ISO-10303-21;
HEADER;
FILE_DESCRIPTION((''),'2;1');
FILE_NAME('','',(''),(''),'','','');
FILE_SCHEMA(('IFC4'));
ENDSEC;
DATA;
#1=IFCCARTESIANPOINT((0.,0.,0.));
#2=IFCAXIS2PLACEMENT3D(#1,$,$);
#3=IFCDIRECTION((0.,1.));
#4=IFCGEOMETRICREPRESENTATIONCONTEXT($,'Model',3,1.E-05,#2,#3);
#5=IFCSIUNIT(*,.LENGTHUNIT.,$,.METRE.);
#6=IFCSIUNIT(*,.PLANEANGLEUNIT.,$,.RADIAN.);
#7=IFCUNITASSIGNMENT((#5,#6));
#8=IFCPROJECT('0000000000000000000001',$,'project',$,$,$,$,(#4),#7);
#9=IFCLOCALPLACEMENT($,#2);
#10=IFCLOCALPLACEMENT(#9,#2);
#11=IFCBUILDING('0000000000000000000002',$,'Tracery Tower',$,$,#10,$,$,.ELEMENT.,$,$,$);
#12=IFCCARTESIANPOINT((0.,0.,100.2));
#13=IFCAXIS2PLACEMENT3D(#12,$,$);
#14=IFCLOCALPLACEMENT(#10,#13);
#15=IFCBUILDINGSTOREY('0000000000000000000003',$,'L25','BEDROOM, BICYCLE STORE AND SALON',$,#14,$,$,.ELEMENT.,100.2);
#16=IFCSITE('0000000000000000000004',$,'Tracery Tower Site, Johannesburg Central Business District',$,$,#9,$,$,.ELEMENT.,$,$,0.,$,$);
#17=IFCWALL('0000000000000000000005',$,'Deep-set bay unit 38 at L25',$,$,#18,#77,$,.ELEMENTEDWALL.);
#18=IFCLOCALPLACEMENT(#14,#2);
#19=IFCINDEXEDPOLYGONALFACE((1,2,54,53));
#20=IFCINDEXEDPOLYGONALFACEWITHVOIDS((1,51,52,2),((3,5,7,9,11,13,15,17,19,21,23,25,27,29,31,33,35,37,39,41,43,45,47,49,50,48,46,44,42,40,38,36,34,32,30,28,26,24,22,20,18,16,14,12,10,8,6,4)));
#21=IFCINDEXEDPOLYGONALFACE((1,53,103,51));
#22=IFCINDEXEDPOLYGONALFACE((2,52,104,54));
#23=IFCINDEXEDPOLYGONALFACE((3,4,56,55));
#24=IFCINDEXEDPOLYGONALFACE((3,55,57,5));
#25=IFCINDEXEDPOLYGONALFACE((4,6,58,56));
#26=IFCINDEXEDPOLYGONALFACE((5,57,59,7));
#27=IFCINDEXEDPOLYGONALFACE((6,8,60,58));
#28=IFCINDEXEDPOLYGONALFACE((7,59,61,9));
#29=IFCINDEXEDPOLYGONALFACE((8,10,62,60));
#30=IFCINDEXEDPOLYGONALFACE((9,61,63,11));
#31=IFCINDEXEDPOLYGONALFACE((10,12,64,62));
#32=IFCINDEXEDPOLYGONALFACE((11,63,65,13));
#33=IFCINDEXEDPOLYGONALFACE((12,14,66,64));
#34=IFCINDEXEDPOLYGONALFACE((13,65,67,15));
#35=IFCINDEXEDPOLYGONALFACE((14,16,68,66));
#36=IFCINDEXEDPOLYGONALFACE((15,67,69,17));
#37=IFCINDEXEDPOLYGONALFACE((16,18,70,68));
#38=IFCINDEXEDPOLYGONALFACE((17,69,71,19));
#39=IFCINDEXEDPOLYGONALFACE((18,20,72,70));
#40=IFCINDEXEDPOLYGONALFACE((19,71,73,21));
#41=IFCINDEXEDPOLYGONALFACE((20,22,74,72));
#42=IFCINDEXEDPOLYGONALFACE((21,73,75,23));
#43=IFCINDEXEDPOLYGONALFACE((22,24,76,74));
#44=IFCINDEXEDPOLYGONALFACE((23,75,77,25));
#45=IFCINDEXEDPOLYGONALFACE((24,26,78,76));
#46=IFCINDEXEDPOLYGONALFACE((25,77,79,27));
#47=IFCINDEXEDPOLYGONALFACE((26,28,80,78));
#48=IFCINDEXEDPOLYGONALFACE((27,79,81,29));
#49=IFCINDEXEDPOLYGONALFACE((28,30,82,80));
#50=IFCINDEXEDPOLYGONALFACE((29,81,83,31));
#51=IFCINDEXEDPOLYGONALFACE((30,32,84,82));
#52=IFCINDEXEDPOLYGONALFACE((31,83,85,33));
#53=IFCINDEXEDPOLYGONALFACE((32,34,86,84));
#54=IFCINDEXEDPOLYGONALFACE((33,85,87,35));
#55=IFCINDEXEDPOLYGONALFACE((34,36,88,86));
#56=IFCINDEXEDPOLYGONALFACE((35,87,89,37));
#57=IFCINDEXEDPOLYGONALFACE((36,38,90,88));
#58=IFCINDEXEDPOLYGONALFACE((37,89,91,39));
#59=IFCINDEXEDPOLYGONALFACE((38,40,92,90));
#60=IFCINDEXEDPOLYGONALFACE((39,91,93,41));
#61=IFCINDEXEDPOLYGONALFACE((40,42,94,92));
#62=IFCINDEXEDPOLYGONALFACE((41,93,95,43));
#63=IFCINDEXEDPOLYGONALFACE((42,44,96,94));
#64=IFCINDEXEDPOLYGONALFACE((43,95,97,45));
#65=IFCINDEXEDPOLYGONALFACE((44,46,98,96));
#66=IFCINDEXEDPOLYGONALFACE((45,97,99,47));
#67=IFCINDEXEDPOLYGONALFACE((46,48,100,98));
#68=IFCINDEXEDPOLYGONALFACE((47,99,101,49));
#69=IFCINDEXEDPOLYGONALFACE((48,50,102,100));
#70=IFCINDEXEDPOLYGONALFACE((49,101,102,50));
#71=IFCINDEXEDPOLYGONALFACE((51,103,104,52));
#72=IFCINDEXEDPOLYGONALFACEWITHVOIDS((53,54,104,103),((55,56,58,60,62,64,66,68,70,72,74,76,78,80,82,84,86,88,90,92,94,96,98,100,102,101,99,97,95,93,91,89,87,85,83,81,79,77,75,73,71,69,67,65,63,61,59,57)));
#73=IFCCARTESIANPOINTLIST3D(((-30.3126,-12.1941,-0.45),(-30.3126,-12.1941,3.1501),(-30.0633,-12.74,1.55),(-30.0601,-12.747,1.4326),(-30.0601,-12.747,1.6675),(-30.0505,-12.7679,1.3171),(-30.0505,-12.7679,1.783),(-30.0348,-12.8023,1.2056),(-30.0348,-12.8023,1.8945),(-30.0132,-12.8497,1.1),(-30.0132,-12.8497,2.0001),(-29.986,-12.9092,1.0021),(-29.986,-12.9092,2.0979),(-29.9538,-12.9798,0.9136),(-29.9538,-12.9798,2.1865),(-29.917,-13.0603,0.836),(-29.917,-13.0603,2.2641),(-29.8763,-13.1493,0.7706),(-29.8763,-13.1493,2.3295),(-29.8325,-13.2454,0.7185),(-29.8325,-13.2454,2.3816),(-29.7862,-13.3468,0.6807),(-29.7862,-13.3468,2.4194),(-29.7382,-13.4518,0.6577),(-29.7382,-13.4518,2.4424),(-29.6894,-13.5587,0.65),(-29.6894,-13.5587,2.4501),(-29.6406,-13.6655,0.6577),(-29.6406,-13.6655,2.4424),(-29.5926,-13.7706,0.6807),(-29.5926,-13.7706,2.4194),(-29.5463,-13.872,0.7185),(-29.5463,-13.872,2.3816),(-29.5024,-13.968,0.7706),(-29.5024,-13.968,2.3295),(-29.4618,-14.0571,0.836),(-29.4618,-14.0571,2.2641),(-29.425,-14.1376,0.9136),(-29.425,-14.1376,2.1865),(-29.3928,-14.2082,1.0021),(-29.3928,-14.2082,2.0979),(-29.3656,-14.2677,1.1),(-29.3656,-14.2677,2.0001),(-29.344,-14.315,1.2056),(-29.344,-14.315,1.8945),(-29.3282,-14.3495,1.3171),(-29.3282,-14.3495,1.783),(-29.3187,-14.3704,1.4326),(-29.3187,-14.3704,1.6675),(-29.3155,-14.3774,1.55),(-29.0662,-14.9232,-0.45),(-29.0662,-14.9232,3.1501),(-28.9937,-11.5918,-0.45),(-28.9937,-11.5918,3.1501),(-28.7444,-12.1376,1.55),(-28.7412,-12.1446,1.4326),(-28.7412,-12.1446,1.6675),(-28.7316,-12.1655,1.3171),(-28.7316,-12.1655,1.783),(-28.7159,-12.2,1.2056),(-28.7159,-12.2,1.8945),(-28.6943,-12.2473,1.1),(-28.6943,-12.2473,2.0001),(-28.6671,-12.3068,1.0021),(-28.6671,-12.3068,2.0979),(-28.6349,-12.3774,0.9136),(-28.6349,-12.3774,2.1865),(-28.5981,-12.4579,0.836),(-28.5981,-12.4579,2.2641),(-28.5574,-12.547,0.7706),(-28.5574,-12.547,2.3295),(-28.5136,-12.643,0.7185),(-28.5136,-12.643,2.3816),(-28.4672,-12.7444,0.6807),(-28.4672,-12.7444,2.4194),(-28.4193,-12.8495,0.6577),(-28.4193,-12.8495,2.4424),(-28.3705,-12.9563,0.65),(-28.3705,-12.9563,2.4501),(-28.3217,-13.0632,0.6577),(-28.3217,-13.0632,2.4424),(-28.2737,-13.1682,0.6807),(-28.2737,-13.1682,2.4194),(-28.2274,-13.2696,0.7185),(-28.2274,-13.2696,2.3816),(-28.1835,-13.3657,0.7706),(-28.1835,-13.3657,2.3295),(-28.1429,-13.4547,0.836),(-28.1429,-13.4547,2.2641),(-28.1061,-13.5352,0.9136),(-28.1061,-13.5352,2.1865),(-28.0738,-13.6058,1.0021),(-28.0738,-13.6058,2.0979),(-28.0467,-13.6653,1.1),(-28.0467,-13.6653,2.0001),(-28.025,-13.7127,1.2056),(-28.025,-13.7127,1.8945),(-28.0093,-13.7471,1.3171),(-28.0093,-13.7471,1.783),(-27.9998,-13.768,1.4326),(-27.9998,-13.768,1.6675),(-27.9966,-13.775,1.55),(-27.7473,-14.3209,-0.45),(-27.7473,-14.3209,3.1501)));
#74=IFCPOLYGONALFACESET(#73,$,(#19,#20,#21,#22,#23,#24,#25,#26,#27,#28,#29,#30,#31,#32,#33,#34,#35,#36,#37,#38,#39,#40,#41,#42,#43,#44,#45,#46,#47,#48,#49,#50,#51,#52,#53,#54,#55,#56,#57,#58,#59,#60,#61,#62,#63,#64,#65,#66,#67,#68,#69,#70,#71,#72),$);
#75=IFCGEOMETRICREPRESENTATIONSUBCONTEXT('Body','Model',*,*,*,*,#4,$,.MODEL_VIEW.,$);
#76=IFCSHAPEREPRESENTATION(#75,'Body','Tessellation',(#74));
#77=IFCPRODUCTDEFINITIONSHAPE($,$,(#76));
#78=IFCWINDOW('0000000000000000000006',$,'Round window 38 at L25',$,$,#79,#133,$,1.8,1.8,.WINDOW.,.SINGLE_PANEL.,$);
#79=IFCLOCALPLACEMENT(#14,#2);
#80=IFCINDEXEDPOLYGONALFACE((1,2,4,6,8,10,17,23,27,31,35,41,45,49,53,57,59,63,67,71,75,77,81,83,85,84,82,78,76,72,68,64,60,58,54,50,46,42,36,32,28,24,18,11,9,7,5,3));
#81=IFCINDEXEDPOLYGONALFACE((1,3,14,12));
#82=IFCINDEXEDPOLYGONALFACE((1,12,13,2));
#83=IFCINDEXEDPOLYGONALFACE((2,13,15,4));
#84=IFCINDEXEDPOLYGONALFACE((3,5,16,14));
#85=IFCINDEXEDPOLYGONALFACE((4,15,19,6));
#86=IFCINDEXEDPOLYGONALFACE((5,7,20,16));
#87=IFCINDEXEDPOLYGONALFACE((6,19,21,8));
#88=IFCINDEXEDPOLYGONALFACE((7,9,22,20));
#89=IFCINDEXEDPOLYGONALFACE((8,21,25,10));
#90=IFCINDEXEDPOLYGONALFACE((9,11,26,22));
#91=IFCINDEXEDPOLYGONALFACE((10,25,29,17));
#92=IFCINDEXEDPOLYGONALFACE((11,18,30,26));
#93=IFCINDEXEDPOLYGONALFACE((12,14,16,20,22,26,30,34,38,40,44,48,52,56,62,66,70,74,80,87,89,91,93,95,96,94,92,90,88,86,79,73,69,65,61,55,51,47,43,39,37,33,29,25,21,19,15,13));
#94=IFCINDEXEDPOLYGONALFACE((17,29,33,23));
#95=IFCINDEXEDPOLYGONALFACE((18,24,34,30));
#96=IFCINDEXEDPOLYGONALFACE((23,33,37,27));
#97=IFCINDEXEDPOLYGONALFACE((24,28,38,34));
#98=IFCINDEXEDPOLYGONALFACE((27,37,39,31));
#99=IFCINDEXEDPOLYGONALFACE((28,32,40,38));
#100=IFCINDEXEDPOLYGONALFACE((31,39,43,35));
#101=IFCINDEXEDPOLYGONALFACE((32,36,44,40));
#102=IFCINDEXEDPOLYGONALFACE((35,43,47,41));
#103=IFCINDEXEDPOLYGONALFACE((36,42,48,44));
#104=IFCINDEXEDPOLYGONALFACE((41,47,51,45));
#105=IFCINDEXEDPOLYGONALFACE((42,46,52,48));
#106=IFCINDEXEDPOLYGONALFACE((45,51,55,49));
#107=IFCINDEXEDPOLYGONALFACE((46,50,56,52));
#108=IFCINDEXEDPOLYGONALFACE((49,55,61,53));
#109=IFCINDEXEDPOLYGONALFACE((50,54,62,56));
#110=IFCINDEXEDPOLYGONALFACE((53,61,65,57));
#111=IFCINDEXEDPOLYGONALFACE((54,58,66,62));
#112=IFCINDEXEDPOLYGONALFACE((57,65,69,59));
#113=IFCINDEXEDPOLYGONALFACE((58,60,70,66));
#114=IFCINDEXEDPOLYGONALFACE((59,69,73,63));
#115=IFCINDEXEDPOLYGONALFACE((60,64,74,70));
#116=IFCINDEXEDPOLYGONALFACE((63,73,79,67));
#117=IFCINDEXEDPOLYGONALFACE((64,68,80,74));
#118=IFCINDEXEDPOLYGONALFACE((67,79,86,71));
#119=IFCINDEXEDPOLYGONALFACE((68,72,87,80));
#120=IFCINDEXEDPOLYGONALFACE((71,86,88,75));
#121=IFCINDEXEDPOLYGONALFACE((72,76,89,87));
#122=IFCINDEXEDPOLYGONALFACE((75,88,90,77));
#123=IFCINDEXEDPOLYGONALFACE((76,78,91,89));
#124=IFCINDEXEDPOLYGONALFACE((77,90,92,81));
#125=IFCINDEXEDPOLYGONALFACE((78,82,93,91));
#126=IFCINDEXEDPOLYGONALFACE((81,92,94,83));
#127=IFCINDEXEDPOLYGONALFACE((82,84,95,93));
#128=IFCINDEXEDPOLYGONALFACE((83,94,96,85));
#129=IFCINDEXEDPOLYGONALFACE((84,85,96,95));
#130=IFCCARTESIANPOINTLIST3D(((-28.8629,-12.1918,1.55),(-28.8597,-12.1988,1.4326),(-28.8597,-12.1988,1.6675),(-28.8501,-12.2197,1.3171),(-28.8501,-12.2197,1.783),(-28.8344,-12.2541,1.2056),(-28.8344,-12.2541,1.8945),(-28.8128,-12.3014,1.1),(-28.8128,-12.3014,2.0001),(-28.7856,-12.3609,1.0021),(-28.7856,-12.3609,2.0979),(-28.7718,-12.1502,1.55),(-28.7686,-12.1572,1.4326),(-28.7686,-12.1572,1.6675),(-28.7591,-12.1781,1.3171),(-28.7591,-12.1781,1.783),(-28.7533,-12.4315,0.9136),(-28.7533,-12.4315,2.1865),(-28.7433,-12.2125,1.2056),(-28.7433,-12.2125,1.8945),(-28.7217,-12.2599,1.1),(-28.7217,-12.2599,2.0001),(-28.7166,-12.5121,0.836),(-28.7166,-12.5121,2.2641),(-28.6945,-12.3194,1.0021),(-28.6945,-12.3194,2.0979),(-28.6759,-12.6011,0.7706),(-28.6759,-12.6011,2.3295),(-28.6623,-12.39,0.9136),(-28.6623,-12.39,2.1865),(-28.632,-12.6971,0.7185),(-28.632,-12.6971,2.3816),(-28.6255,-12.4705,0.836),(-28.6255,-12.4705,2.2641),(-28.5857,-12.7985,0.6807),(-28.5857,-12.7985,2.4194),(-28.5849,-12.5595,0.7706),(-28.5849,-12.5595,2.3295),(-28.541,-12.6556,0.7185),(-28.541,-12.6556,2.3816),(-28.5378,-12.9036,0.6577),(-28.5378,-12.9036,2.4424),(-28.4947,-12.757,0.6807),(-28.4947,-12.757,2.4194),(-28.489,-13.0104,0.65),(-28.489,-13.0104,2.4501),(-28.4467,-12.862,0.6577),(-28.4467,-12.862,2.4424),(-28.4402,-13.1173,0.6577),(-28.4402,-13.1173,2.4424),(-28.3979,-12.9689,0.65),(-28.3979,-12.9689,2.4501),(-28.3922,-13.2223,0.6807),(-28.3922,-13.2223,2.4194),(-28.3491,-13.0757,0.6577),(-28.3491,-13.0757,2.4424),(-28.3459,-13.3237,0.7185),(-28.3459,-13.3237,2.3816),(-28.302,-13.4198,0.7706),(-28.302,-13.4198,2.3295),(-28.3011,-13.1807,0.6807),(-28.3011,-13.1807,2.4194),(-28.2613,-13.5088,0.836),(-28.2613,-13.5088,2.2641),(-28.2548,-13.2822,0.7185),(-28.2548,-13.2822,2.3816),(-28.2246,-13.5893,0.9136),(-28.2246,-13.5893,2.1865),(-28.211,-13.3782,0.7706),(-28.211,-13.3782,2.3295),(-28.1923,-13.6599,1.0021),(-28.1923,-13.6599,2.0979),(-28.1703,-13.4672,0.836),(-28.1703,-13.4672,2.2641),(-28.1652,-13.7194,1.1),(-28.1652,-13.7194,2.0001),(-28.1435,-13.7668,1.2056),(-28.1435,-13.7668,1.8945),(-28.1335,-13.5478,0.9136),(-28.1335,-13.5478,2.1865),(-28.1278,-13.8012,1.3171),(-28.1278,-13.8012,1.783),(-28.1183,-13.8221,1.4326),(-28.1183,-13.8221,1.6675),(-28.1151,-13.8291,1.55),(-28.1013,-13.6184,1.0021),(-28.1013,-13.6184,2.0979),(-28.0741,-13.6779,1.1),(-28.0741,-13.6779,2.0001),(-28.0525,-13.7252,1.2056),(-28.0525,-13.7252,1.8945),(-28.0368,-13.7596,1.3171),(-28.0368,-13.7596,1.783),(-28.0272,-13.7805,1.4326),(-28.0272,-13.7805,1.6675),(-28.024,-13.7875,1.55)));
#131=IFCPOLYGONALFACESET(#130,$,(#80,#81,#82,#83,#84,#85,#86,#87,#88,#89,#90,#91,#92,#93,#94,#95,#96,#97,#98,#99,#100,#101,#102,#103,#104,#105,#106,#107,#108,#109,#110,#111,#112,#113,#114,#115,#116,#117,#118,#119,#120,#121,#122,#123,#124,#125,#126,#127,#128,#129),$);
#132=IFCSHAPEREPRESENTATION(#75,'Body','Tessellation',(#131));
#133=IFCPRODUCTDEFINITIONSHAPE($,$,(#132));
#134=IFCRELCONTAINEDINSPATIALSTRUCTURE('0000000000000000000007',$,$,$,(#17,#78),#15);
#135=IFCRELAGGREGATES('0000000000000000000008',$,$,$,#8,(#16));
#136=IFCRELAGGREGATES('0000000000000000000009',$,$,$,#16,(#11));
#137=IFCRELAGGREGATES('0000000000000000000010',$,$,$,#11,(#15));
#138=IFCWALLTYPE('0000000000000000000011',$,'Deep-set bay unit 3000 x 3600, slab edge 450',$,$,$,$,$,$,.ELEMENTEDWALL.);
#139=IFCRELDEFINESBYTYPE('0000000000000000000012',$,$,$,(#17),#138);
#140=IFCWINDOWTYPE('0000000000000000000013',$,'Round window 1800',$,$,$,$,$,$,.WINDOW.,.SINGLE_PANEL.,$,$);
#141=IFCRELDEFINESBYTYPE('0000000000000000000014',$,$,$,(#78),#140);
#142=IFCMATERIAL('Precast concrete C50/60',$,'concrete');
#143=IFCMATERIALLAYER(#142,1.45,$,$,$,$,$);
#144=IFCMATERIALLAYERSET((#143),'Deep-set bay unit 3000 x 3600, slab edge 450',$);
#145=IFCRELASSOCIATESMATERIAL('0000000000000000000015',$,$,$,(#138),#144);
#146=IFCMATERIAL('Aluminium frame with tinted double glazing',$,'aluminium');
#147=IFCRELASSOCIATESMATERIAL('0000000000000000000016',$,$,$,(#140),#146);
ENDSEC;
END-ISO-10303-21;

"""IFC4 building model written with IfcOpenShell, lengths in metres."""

from ifc_helpers import new_model, si_unit, direction, frame, frame_2d, origin, origin_2d, place, context, subcontext, project, spatial, rectangle, circle, extrude, material, layer, layer_set, type_object, element, fill, save


model = new_model("IFC4")

# Units and contexts
model_context = context("Model", 3, precision=1e-05, world=origin(), true_north=direction((0.0, 1.0)))
body_context = subcontext(model_context, "Body", "Model", "MODEL_VIEW")
ifc_project = project(units=[si_unit("LENGTHUNIT", "METRE"), si_unit("PLANEANGLEUNIT", "RADIAN")], contexts=[model_context])

# Site, building, storey
site_placement = place(None, origin())
site = spatial("IfcSite", under=ifc_project, at=site_placement, Name="Tracery Tower Site, Johannesburg Central Business District", CompositionType="ELEMENT", RefElevation=0.0)
building_placement = place(site_placement, origin())
building = spatial("IfcBuilding", under=site, at=building_placement, Name="Tracery Tower", CompositionType="ELEMENT")
storey_placement = place(building_placement, frame((0.0, 0.0, 100.2)))
storey = spatial("IfcBuildingStorey", under=building, at=storey_placement, Name="L25", Description="BEDROOM, BICYCLE STORE AND SALON", CompositionType="ELEMENT", Elevation=100.2)

# Wall, opening, window
ifc_material_1 = material(Name="Precast concrete C50/60", Category="concrete")
ifc_layer_1 = layer(ifc_material_1, 1.45)
ifc_layer_set_1 = layer_set([ifc_layer_1], Name="Deep-set bay unit 3000 x 3600, slab edge 450")
wall_type_1 = type_object("IfcWallType", Name="Deep-set bay unit 3000 x 3600, slab edge 450", PredefinedType="ELEMENTEDWALL", material=ifc_layer_set_1)
ifc_material_2 = material(Name="Aluminium frame with tinted double glazing", Category="aluminium")
window_type = type_object("IfcWindowType", Name="Round window 1800", PartitioningType="SINGLE_PANEL", PredefinedType="WINDOW", material=ifc_material_2)
wall_1_placement = place(storey_placement, frame((-29.6531, -11.8931, -0.45), z_axis=(0.0, 0.0, 1.0), x_axis=(0.415427, -0.909627, 0.0)))
wall_1 = element("IfcWall", 1, at=wall_1_placement, inside=storey, type_object=wall_type_1, Name="Deep-set bay unit 38 at L25", PredefinedType="ELEMENTEDWALL", context=body_context, shape_type="SweptSolid", body=[
    extrude(rectangle(XDim=3.0002, YDim=1.45, at=frame_2d((1.5, 0.0))), origin(), (0.0, 0.0, 1.0), 3.6001),
])
opening_1_placement = place(wall_1_placement, frame((1.5, 0.0, 2.0)))
opening_1 = element("IfcOpeningElement", 2, at=opening_1_placement, cuts=wall_1, PredefinedType="OPENING", context=body_context, shape_type="SweptSolid", body=[
    extrude(circle(Radius=0.9, at=origin_2d()), frame((0.0, 0.7349, 0.0), z_axis=(0.0, -1.0, 0.0), x_axis=(1.0, 0.0, 0.0)), (0.0, 0.0, 1.0), 1.47),
])
window_1_placement = place(opening_1_placement, origin())
window_1 = element("IfcWindow", 3, at=window_1_placement, inside=storey, type_object=window_type, Name="Round window 38 at L25", OverallHeight=1.8, OverallWidth=1.8, PartitioningType="SINGLE_PANEL", PredefinedType="WINDOW", context=body_context, shape_type="SweptSolid", body=[
    extrude(circle(Radius=0.9, at=origin_2d()), frame((0.0, 0.6948, 0.0), z_axis=(0.0, -1.0, 0.0), x_axis=(1.0, 0.0, 0.0)), (0.0, 0.0, 1.0), 0.1001),
])
fill(opening_1, window_1)

save(model, "model.ifc")
